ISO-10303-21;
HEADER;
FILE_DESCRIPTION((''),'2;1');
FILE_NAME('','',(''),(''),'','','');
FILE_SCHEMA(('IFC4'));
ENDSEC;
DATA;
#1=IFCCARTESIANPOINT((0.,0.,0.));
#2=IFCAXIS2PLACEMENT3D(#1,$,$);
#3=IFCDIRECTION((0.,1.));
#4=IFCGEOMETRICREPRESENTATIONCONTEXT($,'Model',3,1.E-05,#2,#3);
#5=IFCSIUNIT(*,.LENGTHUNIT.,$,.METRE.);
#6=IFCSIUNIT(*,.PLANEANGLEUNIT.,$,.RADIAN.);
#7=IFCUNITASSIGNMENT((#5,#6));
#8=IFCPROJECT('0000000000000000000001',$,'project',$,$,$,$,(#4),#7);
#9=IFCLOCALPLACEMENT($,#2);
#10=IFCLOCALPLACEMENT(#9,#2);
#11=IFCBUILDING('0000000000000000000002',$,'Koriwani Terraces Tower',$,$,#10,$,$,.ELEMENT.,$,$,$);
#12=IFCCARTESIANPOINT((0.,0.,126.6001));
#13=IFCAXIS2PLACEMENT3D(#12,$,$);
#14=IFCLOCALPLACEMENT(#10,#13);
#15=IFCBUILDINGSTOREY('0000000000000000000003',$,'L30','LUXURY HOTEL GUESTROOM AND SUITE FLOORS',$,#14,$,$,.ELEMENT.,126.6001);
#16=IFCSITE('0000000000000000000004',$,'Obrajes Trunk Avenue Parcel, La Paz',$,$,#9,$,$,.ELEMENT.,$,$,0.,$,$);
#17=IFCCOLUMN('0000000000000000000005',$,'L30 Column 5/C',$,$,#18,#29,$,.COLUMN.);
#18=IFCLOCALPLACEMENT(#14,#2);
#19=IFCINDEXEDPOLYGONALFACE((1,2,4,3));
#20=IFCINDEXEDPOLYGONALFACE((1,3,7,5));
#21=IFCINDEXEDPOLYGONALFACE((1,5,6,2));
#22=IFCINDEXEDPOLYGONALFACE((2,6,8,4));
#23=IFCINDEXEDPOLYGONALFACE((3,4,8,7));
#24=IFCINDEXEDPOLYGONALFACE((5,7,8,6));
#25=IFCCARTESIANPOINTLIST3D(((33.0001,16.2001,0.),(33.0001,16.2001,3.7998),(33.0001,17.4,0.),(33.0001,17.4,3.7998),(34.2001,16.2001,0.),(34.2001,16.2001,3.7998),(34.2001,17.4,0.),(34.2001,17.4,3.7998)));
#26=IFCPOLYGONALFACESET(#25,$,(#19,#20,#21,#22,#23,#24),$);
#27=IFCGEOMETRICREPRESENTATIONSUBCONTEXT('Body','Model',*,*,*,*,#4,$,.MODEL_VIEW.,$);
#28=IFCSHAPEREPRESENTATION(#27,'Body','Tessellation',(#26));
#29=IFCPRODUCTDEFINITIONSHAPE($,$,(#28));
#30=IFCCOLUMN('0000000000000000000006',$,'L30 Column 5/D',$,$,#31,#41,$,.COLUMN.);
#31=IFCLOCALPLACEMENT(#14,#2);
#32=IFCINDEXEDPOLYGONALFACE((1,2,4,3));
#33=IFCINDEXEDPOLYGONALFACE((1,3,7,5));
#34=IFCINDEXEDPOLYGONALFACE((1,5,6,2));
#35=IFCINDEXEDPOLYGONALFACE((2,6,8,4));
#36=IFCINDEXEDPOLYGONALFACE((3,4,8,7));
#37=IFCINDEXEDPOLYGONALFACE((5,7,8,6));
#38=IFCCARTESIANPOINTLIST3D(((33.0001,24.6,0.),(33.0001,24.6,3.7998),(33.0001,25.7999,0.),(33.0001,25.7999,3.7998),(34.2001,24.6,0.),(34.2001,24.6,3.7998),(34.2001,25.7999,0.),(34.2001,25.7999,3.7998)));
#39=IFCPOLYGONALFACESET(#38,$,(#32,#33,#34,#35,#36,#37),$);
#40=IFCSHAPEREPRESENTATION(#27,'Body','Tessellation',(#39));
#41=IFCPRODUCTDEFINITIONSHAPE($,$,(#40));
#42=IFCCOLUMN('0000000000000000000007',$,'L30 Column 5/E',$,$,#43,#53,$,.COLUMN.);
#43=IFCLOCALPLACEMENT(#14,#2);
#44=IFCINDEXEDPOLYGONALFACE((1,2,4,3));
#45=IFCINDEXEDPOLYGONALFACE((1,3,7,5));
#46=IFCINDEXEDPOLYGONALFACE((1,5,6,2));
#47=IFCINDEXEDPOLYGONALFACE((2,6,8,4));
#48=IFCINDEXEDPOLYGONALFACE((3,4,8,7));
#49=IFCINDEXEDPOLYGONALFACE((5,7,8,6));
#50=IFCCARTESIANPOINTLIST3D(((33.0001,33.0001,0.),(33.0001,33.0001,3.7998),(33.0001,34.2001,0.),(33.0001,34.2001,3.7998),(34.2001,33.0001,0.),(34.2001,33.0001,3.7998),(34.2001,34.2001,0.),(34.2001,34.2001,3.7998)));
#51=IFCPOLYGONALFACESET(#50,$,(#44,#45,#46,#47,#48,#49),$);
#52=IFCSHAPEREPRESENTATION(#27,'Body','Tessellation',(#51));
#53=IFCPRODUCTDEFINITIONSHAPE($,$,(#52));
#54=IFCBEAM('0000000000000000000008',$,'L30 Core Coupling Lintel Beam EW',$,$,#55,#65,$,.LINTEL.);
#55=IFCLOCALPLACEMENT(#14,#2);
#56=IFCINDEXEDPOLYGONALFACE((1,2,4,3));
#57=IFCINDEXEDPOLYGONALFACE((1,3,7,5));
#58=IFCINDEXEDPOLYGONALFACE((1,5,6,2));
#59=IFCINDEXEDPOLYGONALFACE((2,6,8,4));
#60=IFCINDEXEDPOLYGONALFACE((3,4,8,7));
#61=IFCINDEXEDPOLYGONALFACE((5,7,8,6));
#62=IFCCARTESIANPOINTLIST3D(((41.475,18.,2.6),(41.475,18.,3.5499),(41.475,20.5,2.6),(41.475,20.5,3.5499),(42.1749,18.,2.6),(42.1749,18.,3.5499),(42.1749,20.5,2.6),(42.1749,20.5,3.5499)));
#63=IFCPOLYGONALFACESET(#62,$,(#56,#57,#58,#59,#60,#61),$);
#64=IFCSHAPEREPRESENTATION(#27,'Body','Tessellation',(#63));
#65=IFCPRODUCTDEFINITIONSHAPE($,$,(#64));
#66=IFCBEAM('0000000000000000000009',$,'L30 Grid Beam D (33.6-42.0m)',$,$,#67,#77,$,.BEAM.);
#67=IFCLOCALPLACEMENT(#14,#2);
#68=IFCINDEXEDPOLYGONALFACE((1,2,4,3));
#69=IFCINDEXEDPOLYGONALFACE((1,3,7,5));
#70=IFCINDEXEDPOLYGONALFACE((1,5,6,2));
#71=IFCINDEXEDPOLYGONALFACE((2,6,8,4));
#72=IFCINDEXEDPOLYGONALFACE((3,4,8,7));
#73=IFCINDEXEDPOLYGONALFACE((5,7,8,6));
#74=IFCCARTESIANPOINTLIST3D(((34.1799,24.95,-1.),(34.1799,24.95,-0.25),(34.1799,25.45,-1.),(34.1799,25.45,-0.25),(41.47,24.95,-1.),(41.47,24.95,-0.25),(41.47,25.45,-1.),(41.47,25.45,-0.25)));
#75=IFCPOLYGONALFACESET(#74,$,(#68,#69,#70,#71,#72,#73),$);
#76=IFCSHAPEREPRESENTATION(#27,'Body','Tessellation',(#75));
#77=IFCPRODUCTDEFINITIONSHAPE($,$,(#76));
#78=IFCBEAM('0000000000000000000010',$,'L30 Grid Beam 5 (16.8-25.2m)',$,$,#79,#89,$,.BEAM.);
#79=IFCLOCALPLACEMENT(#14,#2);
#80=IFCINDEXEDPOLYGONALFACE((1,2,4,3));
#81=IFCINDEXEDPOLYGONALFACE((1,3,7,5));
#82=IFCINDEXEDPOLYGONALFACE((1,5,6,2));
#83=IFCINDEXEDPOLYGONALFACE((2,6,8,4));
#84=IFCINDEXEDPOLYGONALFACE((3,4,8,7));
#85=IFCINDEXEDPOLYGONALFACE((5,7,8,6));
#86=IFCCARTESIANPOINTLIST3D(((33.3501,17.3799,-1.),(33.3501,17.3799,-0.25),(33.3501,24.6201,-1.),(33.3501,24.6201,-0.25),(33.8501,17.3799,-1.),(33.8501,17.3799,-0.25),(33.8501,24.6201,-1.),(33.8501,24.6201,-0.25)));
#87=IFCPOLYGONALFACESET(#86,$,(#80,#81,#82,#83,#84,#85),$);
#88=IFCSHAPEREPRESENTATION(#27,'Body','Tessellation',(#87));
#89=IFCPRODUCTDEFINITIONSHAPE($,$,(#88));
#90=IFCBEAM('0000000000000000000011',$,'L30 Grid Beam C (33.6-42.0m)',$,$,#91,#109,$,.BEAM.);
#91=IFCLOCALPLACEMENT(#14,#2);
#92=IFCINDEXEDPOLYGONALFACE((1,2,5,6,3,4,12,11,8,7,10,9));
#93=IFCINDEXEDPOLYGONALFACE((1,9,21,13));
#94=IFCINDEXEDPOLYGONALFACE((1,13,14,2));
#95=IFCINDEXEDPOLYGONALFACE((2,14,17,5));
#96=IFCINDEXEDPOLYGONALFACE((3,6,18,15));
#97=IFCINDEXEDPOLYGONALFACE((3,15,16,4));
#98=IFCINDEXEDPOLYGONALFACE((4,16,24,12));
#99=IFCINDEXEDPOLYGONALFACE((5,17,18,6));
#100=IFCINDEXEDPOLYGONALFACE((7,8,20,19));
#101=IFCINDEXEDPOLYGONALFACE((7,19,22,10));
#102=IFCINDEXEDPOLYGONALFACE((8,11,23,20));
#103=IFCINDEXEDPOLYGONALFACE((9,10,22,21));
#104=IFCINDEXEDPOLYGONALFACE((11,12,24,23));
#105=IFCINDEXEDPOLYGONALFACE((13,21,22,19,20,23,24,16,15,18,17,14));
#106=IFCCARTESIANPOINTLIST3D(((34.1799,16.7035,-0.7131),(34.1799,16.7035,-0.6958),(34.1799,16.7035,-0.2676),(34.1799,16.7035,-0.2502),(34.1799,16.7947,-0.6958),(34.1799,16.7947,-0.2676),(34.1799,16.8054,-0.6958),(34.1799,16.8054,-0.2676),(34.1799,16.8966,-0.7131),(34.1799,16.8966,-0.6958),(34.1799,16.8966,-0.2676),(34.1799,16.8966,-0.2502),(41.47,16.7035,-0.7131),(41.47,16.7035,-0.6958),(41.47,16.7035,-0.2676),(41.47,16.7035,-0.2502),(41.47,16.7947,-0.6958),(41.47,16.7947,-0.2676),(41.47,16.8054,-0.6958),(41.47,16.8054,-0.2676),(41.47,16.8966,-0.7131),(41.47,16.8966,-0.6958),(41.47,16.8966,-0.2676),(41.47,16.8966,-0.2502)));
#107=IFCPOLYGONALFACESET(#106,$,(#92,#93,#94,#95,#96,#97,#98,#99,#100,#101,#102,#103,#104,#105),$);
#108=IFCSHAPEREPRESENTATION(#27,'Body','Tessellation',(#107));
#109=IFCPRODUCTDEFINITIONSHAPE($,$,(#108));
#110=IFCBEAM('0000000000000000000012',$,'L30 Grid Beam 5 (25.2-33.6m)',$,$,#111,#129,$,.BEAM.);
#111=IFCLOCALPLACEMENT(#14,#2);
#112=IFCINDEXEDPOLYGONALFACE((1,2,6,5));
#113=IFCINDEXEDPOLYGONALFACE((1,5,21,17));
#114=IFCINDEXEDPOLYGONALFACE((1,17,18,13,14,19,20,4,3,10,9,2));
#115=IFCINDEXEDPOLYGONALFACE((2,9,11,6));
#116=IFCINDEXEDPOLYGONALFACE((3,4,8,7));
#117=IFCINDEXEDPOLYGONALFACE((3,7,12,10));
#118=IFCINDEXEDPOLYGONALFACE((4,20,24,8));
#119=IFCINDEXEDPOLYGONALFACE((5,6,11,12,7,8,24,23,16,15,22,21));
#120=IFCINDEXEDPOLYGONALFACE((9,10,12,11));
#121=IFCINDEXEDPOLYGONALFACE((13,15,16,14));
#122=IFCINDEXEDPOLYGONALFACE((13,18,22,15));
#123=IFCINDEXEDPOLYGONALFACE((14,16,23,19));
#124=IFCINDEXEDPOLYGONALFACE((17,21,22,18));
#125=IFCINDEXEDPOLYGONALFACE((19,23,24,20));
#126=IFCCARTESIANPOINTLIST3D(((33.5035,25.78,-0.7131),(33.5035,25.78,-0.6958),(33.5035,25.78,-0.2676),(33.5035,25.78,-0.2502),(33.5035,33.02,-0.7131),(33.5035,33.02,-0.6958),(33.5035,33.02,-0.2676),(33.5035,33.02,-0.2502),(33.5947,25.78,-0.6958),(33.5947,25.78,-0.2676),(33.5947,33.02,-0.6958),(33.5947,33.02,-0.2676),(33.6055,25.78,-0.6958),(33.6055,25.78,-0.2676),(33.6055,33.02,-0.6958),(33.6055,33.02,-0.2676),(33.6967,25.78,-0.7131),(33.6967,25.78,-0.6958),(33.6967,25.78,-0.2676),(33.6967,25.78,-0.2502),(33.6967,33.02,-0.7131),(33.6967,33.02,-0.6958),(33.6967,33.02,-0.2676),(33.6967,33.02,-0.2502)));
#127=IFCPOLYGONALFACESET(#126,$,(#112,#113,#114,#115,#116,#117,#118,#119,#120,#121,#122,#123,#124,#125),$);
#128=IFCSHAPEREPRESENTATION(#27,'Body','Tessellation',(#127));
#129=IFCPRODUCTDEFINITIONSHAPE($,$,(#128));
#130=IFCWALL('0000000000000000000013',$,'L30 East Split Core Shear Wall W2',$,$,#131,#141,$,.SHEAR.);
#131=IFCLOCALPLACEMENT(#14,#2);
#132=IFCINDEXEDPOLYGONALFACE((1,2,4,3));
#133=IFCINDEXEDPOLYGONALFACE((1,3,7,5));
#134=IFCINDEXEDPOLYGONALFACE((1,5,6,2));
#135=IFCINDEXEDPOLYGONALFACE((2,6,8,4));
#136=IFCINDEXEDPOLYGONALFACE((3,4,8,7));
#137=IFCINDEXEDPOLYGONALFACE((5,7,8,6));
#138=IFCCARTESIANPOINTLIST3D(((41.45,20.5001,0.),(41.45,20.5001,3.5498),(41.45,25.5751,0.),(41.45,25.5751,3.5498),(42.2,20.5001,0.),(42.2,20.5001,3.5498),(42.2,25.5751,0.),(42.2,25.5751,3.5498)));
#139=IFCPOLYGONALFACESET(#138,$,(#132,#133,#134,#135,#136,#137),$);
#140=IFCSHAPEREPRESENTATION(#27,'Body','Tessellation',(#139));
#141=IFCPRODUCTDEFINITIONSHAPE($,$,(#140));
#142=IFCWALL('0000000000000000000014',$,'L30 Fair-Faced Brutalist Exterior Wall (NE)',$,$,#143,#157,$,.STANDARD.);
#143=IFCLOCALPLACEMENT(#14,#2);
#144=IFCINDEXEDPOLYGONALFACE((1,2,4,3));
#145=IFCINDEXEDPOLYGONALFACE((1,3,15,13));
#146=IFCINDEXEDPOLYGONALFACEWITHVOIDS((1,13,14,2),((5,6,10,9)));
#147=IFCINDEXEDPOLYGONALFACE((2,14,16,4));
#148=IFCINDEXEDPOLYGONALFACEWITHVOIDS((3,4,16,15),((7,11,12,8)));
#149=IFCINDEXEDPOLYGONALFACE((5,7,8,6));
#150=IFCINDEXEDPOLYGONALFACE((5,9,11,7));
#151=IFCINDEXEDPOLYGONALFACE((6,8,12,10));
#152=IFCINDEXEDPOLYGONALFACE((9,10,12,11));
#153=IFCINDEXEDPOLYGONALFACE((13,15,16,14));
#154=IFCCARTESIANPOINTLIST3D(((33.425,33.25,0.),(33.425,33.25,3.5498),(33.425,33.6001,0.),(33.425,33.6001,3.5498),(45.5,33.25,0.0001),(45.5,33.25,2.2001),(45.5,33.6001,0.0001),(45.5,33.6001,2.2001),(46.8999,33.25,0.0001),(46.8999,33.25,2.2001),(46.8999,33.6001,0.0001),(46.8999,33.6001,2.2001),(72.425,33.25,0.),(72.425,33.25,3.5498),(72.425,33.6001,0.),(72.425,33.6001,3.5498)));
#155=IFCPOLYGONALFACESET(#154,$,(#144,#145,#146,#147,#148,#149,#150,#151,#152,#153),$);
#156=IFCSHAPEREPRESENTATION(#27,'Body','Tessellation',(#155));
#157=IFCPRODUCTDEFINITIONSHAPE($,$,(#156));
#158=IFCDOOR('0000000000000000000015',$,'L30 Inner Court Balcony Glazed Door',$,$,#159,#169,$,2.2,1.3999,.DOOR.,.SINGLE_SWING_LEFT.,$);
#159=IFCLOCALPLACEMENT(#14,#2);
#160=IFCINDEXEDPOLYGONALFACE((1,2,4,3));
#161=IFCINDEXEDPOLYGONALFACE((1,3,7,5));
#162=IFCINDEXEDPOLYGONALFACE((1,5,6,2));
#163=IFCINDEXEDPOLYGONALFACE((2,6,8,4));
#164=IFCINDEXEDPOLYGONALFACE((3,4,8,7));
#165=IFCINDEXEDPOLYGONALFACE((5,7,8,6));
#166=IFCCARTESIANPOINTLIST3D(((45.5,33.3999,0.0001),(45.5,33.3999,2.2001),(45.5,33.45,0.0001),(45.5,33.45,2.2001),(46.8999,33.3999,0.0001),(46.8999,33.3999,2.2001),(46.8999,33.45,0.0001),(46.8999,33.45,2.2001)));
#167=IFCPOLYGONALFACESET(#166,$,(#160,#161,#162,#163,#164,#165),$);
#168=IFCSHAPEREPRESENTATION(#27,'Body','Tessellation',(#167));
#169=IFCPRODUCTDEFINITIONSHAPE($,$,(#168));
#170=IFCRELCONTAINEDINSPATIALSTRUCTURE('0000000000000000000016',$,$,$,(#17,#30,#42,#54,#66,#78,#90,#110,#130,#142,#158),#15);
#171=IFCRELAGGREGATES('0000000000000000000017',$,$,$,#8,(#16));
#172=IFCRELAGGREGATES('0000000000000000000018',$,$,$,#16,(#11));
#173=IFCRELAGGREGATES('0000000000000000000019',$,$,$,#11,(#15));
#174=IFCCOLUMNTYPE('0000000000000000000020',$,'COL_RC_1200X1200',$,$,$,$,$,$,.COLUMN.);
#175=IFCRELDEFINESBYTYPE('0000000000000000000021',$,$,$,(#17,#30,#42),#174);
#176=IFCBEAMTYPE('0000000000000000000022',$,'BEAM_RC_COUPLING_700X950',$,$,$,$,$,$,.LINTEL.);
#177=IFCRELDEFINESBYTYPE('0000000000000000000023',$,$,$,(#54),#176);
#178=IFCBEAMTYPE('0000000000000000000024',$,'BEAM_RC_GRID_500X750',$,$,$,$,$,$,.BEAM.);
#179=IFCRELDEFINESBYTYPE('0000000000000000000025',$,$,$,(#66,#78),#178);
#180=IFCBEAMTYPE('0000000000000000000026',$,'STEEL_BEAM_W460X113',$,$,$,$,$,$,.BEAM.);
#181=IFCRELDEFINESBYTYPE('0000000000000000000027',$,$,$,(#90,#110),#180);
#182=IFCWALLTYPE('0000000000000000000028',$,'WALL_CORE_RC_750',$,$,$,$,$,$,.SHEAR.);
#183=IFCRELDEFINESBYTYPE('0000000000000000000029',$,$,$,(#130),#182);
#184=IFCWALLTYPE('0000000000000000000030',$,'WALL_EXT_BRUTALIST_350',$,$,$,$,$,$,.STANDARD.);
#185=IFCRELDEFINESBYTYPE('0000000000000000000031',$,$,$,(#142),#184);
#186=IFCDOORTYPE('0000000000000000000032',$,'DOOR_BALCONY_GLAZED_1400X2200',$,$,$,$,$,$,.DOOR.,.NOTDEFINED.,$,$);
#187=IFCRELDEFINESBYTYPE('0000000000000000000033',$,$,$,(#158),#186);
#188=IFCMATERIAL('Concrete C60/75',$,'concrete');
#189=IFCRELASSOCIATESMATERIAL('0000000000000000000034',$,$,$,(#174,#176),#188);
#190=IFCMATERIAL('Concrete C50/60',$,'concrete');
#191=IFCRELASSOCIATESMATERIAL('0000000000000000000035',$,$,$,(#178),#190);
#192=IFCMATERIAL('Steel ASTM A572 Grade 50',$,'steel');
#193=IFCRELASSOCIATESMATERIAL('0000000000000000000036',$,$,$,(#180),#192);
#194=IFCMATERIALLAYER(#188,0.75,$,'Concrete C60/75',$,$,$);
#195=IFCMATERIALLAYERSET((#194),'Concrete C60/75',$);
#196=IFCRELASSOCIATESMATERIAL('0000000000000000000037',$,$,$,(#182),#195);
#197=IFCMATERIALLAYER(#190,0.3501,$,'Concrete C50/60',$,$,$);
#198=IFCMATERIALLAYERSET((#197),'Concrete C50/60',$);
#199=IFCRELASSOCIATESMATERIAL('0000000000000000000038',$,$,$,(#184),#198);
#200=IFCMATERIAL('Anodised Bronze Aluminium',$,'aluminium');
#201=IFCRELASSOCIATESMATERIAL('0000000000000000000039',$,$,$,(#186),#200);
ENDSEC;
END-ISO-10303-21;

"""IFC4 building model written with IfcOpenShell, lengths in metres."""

from ifc_helpers import new_model, si_unit, direction, frame, frame_2d, origin, origin_2d, place, context, subcontext, project, spatial, rectangle, i_section, extrude, material, layer, layer_set, material_profile, profile_set, type_object, element, fill, save


model = new_model("IFC4")

# Units and contexts
model_context = context("Model", 3, precision=1e-05, world=origin(), true_north=direction((0.0, 1.0)))
body_context = subcontext(model_context, "Body", "Model", "MODEL_VIEW")
ifc_project = project(units=[si_unit("LENGTHUNIT", "METRE"), si_unit("PLANEANGLEUNIT", "RADIAN")], contexts=[model_context])

# Site, building, storey
site_placement = place(None, origin())
site = spatial("IfcSite", under=ifc_project, at=site_placement, Name="Obrajes Trunk Avenue Parcel, La Paz", CompositionType="ELEMENT", RefElevation=0.0)
building_placement = place(site_placement, origin())
building = spatial("IfcBuilding", under=site, at=building_placement, Name="Koriwani Terraces Tower", CompositionType="ELEMENT")
storey_placement = place(building_placement, frame((0.0, 0.0, 126.6001)))
storey = spatial("IfcBuildingStorey", under=building, at=storey_placement, Name="L30", Description="LUXURY HOTEL GUESTROOM AND SUITE FLOORS", CompositionType="ELEMENT", Elevation=126.6001)

# Columns
ifc_material_1 = material(Name="Concrete C60/75", Category="concrete")
ifc_material_profile_1 = material_profile(ifc_material_1, rectangle(XDim=1.2, YDim=1.2, at=origin_2d()), Name="Concrete C60/75", Category="LoadBearing")
ifc_profile_set_1 = profile_set([ifc_material_profile_1], Name="Concrete C60/75")
column_type = type_object("IfcColumnType", Name="COL_RC_1200X1200", PredefinedType="COLUMN", material=ifc_profile_set_1)
for number, where, z_axis, x_axis, name in (
    (1, (33.6001, 16.8, 0.0), (0.0, 0.0, 1.0), (1.0, 0.0, 0.0), "L30 Column 5/C"),
    (2, (33.6001, 25.2, 0.0), (0.0, 0.0, 1.0), (1.0, 0.0, 0.0), "L30 Column 5/D"),
    (3, (33.6001, 33.6001, 0.0), (0.0, 0.0, 1.0), (1.0, 0.0, 0.0), "L30 Column 5/E"),
):
    element("IfcColumn", number, at=place(storey_placement, frame(where, z_axis=z_axis, x_axis=x_axis)), inside=storey, type_object=column_type, Name=name, PredefinedType="COLUMN", context=body_context, shape_type="SweptSolid", body=[
        extrude(rectangle(XDim=1.2, YDim=1.2, at=origin_2d()), origin(), (0.0, 0.0, 1.0), 3.7998),
    ])

# Beams
ifc_material_profile_2 = material_profile(ifc_material_1, rectangle(XDim=0.7, YDim=0.95, at=origin_2d()), Name="Concrete C60/75", Category="LoadBearing")
ifc_profile_set_2 = profile_set([ifc_material_profile_2], Name="Concrete C60/75")
beam_type_1 = type_object("IfcBeamType", Name="BEAM_RC_COUPLING_700X950", PredefinedType="LINTEL", material=ifc_profile_set_2)
beam_1_placement = place(storey_placement, frame((41.825, 18.0, 3.075), z_axis=(0.0, 1.0, 0.0), x_axis=(-1.0, 0.0, 0.0)))
element("IfcBeam", 4, at=beam_1_placement, inside=storey, type_object=beam_type_1, Name="L30 Core Coupling Lintel Beam EW", PredefinedType="LINTEL", context=body_context, shape_type="SweptSolid", body=[
    extrude(rectangle(XDim=0.7, YDim=0.95, at=origin_2d()), origin(), (0.0, 0.0, 1.0), 2.5),
])
ifc_material_2 = material(Name="Concrete C50/60", Category="concrete")
ifc_material_profile_3 = material_profile(ifc_material_2, rectangle(XDim=0.5, YDim=0.75, at=origin_2d()), Name="Concrete C50/60", Category="LoadBearing")
ifc_profile_set_3 = profile_set([ifc_material_profile_3], Name="Concrete C50/60")
beam_type_2 = type_object("IfcBeamType", Name="BEAM_RC_GRID_500X750", PredefinedType="BEAM", material=ifc_profile_set_3)
beam_2_placement = place(storey_placement, frame((34.1799, 25.2, -0.625), z_axis=(1.0, 0.0, 0.0), x_axis=(0.0, 1.0, 0.0)))
element("IfcBeam", 5, at=beam_2_placement, inside=storey, type_object=beam_type_2, Name="L30 Grid Beam D (33.6-42.0m)", PredefinedType="BEAM", context=body_context, shape_type="SweptSolid", body=[
    extrude(rectangle(XDim=0.5, YDim=0.75, at=origin_2d()), origin(), (0.0, 0.0, 1.0), 7.29),
])
beam_3_placement = place(storey_placement, frame((33.6001, 17.3799, -0.625), z_axis=(0.0, 1.0, 0.0), x_axis=(-1.0, 0.0, 0.0)))
element("IfcBeam", 6, at=beam_3_placement, inside=storey, type_object=beam_type_2, Name="L30 Grid Beam 5 (16.8-25.2m)", PredefinedType="BEAM", context=body_context, shape_type="SweptSolid", body=[
    extrude(rectangle(XDim=0.5, YDim=0.75, at=origin_2d()), origin(), (0.0, 0.0, 1.0), 7.2402),
])
ifc_material_3 = material(Name="Steel ASTM A572 Grade 50", Category="steel")
ifc_material_profile_4 = material_profile(ifc_material_3, i_section(OverallWidth=0.1931, OverallDepth=0.4629, WebThickness=0.0107, FlangeThickness=0.0173, at=origin_2d()), Name="Steel ASTM A572 Grade 50", Category="LoadBearing")
ifc_profile_set_4 = profile_set([ifc_material_profile_4], Name="Steel ASTM A572 Grade 50")
beam_type_3 = type_object("IfcBeamType", Name="STEEL_BEAM_W460X113", PredefinedType="BEAM", material=ifc_profile_set_4)
beam_4_placement = place(storey_placement, frame((34.1799, 16.8, -0.4817), z_axis=(1.0, 0.0, 0.0), x_axis=(0.0, 1.0, 0.0)))
element("IfcBeam", 7, at=beam_4_placement, inside=storey, type_object=beam_type_3, Name="L30 Grid Beam C (33.6-42.0m)", PredefinedType="BEAM", context=body_context, shape_type="SweptSolid", body=[
    extrude(i_section(OverallWidth=0.1931, OverallDepth=0.4629, WebThickness=0.0107, FlangeThickness=0.0173, at=origin_2d()), origin(), (0.0, 0.0, 1.0), 7.29),
])
beam_5_placement = place(storey_placement, frame((33.6001, 25.78, -0.4817), z_axis=(0.0, 1.0, 0.0), x_axis=(-1.0, 0.0, 0.0)))
element("IfcBeam", 8, at=beam_5_placement, inside=storey, type_object=beam_type_3, Name="L30 Grid Beam 5 (25.2-33.6m)", PredefinedType="BEAM", context=body_context, shape_type="SweptSolid", body=[
    extrude(i_section(OverallWidth=0.1931, OverallDepth=0.4629, WebThickness=0.0107, FlangeThickness=0.0173, at=origin_2d()), origin(), (0.0, 0.0, 1.0), 7.24),
])

# Wall
ifc_layer_1 = layer(ifc_material_1, 0.75, Name="Concrete C60/75")
ifc_layer_set_1 = layer_set([ifc_layer_1], Name="Concrete C60/75")
wall_type_1 = type_object("IfcWallType", Name="WALL_CORE_RC_750", PredefinedType="SHEAR", material=ifc_layer_set_1)
wall_1_placement = place(storey_placement, frame((41.825, 20.5, 0.0), z_axis=(0.0, 0.0, 1.0), x_axis=(0.0, 1.0, 0.0)))
element("IfcWall", 9, at=wall_1_placement, inside=storey, type_object=wall_type_1, Name="L30 East Split Core Shear Wall W2", PredefinedType="SHEAR", context=body_context, shape_type="SweptSolid", body=[
    extrude(rectangle(XDim=5.075, YDim=0.75, at=frame_2d((2.5376, 0.0))), origin(), (0.0, 0.0, 1.0), 3.5498),
])

# Wall, opening, door
ifc_layer_2 = layer(ifc_material_2, 0.3501, Name="Concrete C50/60")
ifc_layer_set_2 = layer_set([ifc_layer_2], Name="Concrete C50/60")
wall_type_2 = type_object("IfcWallType", Name="WALL_EXT_BRUTALIST_350", PredefinedType="STANDARD", material=ifc_layer_set_2)
wall_2_placement = place(storey_placement, frame((33.425, 33.425, 0.0), z_axis=(0.0, 0.0, 1.0), x_axis=(1.0, 0.0, 0.0)))
wall_2 = element("IfcWall", 10, at=wall_2_placement, inside=storey, type_object=wall_type_2, Name="L30 Fair-Faced Brutalist Exterior Wall (NE)", PredefinedType="STANDARD", context=body_context, shape_type="SweptSolid", body=[
    extrude(rectangle(XDim=39.0, YDim=0.3501, at=frame_2d((19.5, 0.0))), origin(), (0.0, 0.0, 1.0), 3.5498),
])
opening_1_placement = place(wall_2_placement, frame((12.075, 0.0, 0.0)))
opening_1 = element("IfcOpeningElement", 11, at=opening_1_placement, cuts=wall_2, PredefinedType="OPENING", context=body_context, shape_type="SweptSolid", body=[
    extrude(rectangle(XDim=1.3999, YDim=2.2, at=frame_2d((0.7, 1.1001))), frame((0.0, 0.1851, 0.0), z_axis=(0.0, -1.0, 0.0), x_axis=(1.0, 0.0, 0.0)), (0.0, 0.0, 1.0), 0.3701),
])
ifc_material_4 = material(Name="Anodised Bronze Aluminium", Category="aluminium")
door_type_1 = type_object("IfcDoorType", Name="DOOR_BALCONY_GLAZED_1400X2200", OperationType="NOTDEFINED", PredefinedType="DOOR", material=ifc_material_4)
door_1_placement = place(opening_1_placement, origin())
door_1 = element("IfcDoor", 12, at=door_1_placement, inside=storey, type_object=door_type_1, Name="L30 Inner Court Balcony Glazed Door", OperationType="SINGLE_SWING_LEFT", OverallHeight=2.2, OverallWidth=1.3999, PredefinedType="DOOR", context=body_context, shape_type="SweptSolid", body=[
    extrude(rectangle(XDim=1.3999, YDim=2.2, at=frame_2d((0.7, 1.1001))), frame((0.0, 0.0249, 0.0), z_axis=(0.0, -1.0, 0.0), x_axis=(1.0, 0.0, 0.0)), (0.0, 0.0, 1.0), 0.05),
])
fill(opening_1, door_1)

save(model, "model.ifc")
